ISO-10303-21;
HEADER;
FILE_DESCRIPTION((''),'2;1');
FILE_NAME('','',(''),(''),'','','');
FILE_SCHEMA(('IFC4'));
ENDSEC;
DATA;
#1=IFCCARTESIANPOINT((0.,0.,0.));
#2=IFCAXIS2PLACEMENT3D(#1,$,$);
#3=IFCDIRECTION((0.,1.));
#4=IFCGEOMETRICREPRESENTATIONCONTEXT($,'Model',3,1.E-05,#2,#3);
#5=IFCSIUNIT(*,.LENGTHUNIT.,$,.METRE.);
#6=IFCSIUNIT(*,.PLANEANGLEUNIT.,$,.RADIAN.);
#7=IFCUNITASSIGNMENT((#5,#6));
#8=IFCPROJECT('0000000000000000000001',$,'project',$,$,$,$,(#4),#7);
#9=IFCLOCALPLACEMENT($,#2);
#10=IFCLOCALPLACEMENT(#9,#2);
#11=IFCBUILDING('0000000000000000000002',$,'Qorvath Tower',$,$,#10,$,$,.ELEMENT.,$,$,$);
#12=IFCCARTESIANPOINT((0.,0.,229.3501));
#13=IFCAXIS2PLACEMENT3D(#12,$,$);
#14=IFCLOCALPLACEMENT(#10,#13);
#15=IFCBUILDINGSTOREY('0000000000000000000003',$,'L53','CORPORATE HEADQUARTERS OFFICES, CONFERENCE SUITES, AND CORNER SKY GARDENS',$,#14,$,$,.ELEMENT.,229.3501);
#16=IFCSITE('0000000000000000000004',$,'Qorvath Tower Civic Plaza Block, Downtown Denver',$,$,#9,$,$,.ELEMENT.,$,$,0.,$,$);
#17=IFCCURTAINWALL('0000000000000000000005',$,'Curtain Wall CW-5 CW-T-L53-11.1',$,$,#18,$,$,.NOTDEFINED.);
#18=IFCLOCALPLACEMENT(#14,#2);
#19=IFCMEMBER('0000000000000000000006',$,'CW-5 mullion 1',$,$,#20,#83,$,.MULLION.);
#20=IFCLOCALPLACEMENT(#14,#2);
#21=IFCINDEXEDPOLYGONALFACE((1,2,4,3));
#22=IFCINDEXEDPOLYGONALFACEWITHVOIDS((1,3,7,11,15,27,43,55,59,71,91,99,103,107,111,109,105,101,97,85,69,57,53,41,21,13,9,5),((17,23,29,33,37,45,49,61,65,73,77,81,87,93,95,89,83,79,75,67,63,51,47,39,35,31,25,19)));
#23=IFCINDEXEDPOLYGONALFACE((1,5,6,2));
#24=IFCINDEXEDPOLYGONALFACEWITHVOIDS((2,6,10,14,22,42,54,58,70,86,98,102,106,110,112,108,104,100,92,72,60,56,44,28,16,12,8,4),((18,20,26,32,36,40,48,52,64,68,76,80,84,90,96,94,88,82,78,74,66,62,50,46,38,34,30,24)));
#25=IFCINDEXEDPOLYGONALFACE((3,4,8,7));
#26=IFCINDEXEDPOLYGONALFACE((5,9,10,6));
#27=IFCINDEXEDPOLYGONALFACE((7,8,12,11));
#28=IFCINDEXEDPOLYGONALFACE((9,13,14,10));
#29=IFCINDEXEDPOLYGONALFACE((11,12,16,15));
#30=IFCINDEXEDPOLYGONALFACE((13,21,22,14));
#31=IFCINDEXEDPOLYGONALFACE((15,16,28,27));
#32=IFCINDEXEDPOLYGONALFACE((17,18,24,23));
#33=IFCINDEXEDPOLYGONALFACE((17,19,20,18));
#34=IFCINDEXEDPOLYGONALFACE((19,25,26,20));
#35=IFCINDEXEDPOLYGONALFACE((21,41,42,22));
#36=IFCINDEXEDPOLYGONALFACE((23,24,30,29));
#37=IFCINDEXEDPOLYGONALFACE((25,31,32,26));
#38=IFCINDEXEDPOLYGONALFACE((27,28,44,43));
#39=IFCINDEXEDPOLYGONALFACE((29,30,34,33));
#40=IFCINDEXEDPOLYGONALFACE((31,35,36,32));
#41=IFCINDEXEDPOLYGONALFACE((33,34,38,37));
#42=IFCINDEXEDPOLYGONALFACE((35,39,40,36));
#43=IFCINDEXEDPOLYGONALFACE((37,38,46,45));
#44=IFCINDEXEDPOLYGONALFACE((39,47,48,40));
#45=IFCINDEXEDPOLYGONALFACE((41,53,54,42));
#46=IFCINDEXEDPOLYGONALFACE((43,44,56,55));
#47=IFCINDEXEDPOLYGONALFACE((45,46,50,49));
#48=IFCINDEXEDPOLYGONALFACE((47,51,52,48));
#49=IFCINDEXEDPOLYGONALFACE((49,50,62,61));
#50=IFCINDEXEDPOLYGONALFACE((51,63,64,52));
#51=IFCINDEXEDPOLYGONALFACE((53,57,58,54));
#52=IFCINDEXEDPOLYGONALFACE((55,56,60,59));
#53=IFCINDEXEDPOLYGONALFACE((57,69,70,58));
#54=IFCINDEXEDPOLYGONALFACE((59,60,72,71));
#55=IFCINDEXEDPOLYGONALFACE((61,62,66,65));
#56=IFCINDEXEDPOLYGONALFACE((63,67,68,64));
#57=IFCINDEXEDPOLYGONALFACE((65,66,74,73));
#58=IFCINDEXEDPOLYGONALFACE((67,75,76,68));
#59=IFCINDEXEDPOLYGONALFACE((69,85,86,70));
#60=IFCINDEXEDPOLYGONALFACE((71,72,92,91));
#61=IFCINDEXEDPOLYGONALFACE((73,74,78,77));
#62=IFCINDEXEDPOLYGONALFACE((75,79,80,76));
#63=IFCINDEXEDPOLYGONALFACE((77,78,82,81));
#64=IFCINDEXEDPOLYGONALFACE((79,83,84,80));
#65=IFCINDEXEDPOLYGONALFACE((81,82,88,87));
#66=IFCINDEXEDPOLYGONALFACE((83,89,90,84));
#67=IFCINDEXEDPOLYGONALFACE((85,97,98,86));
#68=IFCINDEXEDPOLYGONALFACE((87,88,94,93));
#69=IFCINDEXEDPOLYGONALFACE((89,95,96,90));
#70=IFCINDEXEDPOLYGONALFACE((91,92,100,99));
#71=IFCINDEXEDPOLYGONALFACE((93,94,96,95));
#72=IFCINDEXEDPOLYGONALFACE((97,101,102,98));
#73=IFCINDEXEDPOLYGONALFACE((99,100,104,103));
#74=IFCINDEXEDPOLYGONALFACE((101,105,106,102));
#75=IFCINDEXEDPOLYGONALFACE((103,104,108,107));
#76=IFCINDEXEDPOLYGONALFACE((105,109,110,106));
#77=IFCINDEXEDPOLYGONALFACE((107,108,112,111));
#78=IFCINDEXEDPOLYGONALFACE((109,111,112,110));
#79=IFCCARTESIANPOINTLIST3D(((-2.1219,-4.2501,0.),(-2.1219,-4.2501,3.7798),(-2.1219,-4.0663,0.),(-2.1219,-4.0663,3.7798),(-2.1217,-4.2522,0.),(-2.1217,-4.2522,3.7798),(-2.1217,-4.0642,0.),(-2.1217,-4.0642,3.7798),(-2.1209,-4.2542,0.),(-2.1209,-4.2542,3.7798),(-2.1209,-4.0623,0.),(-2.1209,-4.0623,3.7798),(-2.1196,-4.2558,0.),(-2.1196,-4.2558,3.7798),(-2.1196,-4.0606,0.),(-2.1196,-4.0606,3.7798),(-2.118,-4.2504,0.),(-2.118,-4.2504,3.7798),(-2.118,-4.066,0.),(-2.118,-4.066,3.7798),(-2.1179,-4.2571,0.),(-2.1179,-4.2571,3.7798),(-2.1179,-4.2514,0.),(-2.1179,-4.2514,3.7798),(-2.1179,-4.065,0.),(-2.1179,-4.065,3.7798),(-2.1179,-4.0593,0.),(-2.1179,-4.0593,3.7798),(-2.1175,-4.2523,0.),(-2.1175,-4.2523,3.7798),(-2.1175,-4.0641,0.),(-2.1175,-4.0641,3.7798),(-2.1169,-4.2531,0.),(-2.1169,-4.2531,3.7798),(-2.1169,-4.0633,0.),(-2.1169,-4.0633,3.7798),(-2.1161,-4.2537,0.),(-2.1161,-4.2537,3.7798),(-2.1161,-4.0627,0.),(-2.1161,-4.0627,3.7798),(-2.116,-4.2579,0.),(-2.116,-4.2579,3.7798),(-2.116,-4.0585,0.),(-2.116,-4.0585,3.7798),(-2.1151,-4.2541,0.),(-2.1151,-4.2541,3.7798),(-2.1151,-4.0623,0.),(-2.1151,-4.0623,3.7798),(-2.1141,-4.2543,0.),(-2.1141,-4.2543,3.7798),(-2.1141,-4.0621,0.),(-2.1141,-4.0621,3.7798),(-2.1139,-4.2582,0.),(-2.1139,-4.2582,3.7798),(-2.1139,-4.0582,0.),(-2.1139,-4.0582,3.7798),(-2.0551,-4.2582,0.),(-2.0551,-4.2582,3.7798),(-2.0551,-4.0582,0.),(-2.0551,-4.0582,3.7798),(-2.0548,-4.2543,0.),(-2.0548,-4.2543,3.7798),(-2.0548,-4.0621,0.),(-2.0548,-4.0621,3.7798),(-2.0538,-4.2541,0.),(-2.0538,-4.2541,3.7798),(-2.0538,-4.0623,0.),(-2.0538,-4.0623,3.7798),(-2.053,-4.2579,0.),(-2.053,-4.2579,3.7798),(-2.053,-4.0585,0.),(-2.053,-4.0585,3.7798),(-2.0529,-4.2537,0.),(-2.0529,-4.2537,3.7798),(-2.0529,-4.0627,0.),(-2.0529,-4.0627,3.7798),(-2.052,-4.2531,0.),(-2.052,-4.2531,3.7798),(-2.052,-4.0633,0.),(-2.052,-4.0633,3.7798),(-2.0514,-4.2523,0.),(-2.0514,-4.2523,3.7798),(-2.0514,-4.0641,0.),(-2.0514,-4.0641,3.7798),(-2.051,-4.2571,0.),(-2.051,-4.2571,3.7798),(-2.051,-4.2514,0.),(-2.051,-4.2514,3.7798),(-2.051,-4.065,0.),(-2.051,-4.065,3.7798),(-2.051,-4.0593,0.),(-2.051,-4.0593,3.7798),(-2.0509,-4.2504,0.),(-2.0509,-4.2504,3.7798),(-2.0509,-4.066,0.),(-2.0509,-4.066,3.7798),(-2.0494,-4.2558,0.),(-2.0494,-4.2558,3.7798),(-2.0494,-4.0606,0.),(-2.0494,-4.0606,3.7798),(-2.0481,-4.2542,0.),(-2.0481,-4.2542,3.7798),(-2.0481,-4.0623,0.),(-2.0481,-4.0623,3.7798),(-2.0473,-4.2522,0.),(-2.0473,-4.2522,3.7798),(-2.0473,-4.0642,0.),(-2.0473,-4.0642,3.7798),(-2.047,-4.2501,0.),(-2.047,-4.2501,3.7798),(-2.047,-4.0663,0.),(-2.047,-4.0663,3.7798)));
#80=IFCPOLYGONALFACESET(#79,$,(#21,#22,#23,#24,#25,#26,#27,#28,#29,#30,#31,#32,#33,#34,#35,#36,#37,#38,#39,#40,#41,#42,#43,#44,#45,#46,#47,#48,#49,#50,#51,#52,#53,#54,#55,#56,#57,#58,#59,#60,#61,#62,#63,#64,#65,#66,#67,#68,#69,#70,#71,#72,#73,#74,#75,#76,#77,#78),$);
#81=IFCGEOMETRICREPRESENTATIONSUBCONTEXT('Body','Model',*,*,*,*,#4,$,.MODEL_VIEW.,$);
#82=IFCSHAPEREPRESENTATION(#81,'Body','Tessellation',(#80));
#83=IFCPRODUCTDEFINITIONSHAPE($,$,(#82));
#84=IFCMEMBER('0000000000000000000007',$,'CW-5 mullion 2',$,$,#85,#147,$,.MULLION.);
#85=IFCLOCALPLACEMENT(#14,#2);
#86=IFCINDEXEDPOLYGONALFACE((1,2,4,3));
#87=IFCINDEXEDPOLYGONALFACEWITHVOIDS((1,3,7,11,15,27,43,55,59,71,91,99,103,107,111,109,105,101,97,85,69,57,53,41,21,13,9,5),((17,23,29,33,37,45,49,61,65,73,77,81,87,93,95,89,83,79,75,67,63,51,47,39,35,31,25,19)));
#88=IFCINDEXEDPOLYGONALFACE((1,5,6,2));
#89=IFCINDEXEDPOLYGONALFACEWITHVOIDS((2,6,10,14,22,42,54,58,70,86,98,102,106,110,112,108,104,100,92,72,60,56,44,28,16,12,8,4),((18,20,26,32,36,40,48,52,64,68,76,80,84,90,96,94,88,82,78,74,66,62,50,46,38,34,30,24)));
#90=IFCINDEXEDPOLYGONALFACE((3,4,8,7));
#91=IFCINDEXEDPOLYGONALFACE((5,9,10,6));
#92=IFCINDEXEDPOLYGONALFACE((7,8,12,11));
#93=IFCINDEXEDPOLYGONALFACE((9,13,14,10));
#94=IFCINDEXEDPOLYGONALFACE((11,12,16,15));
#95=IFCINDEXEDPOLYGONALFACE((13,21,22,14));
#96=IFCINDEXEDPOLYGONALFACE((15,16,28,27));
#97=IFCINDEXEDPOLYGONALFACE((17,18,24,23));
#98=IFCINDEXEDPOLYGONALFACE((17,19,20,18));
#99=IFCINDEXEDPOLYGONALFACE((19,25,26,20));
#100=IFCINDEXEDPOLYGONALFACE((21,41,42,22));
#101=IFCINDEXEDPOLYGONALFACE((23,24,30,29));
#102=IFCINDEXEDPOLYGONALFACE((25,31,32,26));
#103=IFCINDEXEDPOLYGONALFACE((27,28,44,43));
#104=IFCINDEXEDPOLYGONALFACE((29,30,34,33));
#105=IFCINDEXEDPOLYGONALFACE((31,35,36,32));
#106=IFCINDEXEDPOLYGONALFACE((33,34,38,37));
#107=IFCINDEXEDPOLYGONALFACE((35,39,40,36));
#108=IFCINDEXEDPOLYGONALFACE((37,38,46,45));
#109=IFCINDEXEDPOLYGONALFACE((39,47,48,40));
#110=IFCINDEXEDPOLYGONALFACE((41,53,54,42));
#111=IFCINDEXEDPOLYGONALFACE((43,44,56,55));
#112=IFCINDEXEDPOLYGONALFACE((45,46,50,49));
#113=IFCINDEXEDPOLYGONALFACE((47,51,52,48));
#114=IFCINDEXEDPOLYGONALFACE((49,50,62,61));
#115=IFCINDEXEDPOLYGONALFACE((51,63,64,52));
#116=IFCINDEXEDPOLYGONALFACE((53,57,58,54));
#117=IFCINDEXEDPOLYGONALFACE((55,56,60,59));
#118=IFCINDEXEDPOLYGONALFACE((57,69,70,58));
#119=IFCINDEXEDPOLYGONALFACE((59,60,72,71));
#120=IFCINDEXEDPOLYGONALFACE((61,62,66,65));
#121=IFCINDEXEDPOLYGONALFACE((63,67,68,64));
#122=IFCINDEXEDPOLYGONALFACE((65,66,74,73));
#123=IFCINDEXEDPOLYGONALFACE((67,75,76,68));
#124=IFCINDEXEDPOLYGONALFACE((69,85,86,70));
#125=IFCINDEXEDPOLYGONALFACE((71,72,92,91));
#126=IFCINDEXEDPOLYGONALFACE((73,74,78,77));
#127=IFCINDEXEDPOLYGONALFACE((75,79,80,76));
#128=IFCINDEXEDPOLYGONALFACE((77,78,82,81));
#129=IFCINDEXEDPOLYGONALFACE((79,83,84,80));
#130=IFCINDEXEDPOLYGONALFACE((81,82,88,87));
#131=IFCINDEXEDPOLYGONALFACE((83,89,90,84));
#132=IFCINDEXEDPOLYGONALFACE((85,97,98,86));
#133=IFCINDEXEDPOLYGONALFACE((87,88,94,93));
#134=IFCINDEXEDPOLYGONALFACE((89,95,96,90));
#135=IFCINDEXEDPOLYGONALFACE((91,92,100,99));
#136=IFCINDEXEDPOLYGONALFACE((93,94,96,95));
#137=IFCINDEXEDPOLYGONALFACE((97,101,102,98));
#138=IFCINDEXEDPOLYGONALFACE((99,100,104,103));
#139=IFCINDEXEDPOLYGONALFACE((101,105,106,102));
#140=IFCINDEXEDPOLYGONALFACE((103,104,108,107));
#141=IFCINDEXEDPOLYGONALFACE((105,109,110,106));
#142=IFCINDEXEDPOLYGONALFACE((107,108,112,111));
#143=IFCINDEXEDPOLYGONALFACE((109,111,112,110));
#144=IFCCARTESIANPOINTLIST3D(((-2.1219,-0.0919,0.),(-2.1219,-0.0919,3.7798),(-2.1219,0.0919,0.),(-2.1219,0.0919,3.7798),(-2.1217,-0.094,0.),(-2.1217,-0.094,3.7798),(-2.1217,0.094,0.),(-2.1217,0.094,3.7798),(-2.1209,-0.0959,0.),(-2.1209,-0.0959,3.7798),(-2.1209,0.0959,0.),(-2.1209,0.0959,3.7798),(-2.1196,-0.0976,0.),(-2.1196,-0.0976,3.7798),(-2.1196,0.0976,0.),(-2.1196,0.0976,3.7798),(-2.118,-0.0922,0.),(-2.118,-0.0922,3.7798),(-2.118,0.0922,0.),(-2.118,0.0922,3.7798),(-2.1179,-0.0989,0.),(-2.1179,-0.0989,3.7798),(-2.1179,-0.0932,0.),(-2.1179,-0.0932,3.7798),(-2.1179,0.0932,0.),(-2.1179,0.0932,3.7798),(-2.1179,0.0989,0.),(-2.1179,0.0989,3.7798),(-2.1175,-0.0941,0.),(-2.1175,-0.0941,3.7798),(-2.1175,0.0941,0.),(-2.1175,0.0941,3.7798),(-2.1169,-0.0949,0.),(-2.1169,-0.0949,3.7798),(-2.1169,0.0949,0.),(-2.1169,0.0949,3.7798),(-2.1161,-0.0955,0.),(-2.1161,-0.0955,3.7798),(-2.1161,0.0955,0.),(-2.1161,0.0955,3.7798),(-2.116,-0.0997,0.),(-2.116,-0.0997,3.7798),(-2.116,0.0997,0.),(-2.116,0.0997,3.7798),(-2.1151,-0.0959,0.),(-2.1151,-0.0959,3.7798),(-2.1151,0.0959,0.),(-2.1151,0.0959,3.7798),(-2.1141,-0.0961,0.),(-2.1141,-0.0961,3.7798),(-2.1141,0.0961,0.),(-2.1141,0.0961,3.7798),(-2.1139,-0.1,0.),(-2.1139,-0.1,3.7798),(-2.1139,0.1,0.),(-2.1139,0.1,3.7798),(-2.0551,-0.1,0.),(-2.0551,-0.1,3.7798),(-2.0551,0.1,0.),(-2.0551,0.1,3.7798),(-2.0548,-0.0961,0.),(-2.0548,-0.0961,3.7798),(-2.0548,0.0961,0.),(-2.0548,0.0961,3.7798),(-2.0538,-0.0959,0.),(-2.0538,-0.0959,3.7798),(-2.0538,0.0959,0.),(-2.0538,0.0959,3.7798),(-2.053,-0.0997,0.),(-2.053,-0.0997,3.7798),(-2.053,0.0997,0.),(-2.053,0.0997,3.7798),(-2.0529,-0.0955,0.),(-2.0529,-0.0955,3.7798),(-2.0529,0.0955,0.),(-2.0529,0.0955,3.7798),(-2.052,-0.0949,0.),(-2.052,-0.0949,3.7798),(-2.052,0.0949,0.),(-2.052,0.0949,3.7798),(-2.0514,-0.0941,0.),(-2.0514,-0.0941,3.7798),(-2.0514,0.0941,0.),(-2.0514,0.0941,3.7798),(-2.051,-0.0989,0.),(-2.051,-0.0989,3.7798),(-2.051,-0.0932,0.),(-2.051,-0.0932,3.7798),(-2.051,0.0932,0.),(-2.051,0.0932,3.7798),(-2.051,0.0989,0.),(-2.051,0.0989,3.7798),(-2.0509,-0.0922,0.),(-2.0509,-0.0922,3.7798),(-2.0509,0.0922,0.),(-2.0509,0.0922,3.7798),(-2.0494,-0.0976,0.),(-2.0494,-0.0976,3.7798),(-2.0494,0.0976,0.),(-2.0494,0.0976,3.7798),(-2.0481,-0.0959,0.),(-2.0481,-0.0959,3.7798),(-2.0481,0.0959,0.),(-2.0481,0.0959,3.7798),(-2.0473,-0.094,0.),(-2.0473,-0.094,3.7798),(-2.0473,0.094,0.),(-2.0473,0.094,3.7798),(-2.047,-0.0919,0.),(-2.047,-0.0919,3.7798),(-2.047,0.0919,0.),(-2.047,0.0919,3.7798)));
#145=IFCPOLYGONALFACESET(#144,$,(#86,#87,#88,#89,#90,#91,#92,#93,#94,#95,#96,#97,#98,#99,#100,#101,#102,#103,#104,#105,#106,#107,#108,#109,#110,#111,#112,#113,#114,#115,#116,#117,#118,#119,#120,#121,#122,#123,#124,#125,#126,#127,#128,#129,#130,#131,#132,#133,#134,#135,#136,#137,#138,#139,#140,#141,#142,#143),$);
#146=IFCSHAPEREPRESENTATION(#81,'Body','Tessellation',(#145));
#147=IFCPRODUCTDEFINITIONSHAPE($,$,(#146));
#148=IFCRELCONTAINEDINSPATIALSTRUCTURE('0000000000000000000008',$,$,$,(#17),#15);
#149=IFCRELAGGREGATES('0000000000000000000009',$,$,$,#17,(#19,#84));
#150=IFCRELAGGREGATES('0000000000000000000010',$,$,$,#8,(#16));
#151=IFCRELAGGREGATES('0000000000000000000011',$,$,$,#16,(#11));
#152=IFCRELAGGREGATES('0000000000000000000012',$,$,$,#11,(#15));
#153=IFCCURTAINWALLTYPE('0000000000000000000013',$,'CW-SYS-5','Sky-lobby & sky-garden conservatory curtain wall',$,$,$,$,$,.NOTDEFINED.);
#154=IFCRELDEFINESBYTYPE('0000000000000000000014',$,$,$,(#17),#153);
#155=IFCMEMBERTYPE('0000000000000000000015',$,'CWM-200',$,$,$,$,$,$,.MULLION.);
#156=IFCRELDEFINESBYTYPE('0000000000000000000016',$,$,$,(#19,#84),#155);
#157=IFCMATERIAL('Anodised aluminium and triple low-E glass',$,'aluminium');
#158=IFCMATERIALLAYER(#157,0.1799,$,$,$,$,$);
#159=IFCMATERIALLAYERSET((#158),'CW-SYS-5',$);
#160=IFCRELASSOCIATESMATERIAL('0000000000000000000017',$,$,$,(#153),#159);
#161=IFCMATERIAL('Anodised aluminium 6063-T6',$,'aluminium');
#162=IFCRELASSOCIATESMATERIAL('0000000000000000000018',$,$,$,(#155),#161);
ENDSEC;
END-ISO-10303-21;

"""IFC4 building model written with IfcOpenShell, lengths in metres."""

from ifc_helpers import new_model, si_unit, direction, frame, origin, origin_2d, place, context, subcontext, project, spatial, hollow_rectangle, extrude, material, layer, layer_set, material_profile, profile_set, type_object, element, aggregate, save


model = new_model("IFC4")

# Units and contexts
model_context = context("Model", 3, precision=1e-05, world=origin(), true_north=direction((0.0, 1.0)))
body_context = subcontext(model_context, "Body", "Model", "MODEL_VIEW")
ifc_project = project(units=[si_unit("LENGTHUNIT", "METRE"), si_unit("PLANEANGLEUNIT", "RADIAN")], contexts=[model_context])

# Site, building, storey
site_placement = place(None, origin())
site = spatial("IfcSite", under=ifc_project, at=site_placement, Name="Qorvath Tower Civic Plaza Block, Downtown Denver", CompositionType="ELEMENT", RefElevation=0.0)
building_placement = place(site_placement, origin())
building = spatial("IfcBuilding", under=site, at=building_placement, Name="Qorvath Tower", CompositionType="ELEMENT")
storey_placement = place(building_placement, frame((0.0, 0.0, 229.3501)))
storey = spatial("IfcBuildingStorey", under=building, at=storey_placement, Name="L53", Description="CORPORATE HEADQUARTERS OFFICES, CONFERENCE SUITES, AND CORNER SKY GARDENS", CompositionType="ELEMENT", Elevation=229.3501)

# Curtain wall, members
ifc_material_1 = material(Name="Anodised aluminium and triple low-E glass", Category="aluminium")
ifc_layer_1 = layer(ifc_material_1, 0.1799)
ifc_layer_set_1 = layer_set([ifc_layer_1], Name="CW-SYS-5")
curtain_wall_type = type_object("IfcCurtainWallType", Name="CW-SYS-5", Description="Sky-lobby & sky-garden conservatory curtain wall", PredefinedType="NOTDEFINED", material=ifc_layer_set_1)
curtain_wall_placement = place(storey_placement, origin())
curtain_wall = element("IfcCurtainWall", 1, at=curtain_wall_placement, inside=storey, type_object=curtain_wall_type, Name="Curtain Wall CW-5 CW-T-L53-11.1", PredefinedType="NOTDEFINED")
ifc_material_2 = material(Name="Anodised aluminium 6063-T6", Category="aluminium")
ifc_material_profile_1 = material_profile(ifc_material_2, hollow_rectangle(XDim=0.075, YDim=0.2, WallThickness=0.0039, InnerFilletRadius=0.0039, OuterFilletRadius=0.0081, at=origin_2d()), Name="CWM 200x75")
ifc_profile_set_1 = profile_set([ifc_material_profile_1], Name="Anodised aluminium 6063-T6")
member_type_1 = type_object("IfcMemberType", Name="CWM-200", PredefinedType="MULLION", material=ifc_profile_set_1)
member_1_placement = place(storey_placement, frame((-2.0845, -4.1582, 0.0), z_axis=(0.0, 0.0, 1.0), x_axis=(-1.0, 0.0, 0.0)))
member_1 = element("IfcMember", 2, at=member_1_placement, type_object=member_type_1, Name="CW-5 mullion 1", PredefinedType="MULLION", context=body_context, shape_type="SweptSolid", body=[
    extrude(hollow_rectangle(XDim=0.075, YDim=0.2, WallThickness=0.0039, InnerFilletRadius=0.0039, OuterFilletRadius=0.0081, at=origin_2d()), origin(), (0.0, 0.0, 1.0), 3.7798),
])
member_2_placement = place(storey_placement, frame((-2.0845, 0.0, 0.0), z_axis=(0.0, 0.0, 1.0), x_axis=(-1.0, 0.0, 0.0)))
member_2 = element("IfcMember", 3, at=member_2_placement, type_object=member_type_1, Name="CW-5 mullion 2", PredefinedType="MULLION", context=body_context, shape_type="SweptSolid", body=[
    extrude(hollow_rectangle(XDim=0.075, YDim=0.2, WallThickness=0.0039, InnerFilletRadius=0.0039, OuterFilletRadius=0.0081, at=origin_2d()), origin(), (0.0, 0.0, 1.0), 3.7798),
])
aggregate(curtain_wall, [member_1, member_2])

save(model, "model.ifc")
